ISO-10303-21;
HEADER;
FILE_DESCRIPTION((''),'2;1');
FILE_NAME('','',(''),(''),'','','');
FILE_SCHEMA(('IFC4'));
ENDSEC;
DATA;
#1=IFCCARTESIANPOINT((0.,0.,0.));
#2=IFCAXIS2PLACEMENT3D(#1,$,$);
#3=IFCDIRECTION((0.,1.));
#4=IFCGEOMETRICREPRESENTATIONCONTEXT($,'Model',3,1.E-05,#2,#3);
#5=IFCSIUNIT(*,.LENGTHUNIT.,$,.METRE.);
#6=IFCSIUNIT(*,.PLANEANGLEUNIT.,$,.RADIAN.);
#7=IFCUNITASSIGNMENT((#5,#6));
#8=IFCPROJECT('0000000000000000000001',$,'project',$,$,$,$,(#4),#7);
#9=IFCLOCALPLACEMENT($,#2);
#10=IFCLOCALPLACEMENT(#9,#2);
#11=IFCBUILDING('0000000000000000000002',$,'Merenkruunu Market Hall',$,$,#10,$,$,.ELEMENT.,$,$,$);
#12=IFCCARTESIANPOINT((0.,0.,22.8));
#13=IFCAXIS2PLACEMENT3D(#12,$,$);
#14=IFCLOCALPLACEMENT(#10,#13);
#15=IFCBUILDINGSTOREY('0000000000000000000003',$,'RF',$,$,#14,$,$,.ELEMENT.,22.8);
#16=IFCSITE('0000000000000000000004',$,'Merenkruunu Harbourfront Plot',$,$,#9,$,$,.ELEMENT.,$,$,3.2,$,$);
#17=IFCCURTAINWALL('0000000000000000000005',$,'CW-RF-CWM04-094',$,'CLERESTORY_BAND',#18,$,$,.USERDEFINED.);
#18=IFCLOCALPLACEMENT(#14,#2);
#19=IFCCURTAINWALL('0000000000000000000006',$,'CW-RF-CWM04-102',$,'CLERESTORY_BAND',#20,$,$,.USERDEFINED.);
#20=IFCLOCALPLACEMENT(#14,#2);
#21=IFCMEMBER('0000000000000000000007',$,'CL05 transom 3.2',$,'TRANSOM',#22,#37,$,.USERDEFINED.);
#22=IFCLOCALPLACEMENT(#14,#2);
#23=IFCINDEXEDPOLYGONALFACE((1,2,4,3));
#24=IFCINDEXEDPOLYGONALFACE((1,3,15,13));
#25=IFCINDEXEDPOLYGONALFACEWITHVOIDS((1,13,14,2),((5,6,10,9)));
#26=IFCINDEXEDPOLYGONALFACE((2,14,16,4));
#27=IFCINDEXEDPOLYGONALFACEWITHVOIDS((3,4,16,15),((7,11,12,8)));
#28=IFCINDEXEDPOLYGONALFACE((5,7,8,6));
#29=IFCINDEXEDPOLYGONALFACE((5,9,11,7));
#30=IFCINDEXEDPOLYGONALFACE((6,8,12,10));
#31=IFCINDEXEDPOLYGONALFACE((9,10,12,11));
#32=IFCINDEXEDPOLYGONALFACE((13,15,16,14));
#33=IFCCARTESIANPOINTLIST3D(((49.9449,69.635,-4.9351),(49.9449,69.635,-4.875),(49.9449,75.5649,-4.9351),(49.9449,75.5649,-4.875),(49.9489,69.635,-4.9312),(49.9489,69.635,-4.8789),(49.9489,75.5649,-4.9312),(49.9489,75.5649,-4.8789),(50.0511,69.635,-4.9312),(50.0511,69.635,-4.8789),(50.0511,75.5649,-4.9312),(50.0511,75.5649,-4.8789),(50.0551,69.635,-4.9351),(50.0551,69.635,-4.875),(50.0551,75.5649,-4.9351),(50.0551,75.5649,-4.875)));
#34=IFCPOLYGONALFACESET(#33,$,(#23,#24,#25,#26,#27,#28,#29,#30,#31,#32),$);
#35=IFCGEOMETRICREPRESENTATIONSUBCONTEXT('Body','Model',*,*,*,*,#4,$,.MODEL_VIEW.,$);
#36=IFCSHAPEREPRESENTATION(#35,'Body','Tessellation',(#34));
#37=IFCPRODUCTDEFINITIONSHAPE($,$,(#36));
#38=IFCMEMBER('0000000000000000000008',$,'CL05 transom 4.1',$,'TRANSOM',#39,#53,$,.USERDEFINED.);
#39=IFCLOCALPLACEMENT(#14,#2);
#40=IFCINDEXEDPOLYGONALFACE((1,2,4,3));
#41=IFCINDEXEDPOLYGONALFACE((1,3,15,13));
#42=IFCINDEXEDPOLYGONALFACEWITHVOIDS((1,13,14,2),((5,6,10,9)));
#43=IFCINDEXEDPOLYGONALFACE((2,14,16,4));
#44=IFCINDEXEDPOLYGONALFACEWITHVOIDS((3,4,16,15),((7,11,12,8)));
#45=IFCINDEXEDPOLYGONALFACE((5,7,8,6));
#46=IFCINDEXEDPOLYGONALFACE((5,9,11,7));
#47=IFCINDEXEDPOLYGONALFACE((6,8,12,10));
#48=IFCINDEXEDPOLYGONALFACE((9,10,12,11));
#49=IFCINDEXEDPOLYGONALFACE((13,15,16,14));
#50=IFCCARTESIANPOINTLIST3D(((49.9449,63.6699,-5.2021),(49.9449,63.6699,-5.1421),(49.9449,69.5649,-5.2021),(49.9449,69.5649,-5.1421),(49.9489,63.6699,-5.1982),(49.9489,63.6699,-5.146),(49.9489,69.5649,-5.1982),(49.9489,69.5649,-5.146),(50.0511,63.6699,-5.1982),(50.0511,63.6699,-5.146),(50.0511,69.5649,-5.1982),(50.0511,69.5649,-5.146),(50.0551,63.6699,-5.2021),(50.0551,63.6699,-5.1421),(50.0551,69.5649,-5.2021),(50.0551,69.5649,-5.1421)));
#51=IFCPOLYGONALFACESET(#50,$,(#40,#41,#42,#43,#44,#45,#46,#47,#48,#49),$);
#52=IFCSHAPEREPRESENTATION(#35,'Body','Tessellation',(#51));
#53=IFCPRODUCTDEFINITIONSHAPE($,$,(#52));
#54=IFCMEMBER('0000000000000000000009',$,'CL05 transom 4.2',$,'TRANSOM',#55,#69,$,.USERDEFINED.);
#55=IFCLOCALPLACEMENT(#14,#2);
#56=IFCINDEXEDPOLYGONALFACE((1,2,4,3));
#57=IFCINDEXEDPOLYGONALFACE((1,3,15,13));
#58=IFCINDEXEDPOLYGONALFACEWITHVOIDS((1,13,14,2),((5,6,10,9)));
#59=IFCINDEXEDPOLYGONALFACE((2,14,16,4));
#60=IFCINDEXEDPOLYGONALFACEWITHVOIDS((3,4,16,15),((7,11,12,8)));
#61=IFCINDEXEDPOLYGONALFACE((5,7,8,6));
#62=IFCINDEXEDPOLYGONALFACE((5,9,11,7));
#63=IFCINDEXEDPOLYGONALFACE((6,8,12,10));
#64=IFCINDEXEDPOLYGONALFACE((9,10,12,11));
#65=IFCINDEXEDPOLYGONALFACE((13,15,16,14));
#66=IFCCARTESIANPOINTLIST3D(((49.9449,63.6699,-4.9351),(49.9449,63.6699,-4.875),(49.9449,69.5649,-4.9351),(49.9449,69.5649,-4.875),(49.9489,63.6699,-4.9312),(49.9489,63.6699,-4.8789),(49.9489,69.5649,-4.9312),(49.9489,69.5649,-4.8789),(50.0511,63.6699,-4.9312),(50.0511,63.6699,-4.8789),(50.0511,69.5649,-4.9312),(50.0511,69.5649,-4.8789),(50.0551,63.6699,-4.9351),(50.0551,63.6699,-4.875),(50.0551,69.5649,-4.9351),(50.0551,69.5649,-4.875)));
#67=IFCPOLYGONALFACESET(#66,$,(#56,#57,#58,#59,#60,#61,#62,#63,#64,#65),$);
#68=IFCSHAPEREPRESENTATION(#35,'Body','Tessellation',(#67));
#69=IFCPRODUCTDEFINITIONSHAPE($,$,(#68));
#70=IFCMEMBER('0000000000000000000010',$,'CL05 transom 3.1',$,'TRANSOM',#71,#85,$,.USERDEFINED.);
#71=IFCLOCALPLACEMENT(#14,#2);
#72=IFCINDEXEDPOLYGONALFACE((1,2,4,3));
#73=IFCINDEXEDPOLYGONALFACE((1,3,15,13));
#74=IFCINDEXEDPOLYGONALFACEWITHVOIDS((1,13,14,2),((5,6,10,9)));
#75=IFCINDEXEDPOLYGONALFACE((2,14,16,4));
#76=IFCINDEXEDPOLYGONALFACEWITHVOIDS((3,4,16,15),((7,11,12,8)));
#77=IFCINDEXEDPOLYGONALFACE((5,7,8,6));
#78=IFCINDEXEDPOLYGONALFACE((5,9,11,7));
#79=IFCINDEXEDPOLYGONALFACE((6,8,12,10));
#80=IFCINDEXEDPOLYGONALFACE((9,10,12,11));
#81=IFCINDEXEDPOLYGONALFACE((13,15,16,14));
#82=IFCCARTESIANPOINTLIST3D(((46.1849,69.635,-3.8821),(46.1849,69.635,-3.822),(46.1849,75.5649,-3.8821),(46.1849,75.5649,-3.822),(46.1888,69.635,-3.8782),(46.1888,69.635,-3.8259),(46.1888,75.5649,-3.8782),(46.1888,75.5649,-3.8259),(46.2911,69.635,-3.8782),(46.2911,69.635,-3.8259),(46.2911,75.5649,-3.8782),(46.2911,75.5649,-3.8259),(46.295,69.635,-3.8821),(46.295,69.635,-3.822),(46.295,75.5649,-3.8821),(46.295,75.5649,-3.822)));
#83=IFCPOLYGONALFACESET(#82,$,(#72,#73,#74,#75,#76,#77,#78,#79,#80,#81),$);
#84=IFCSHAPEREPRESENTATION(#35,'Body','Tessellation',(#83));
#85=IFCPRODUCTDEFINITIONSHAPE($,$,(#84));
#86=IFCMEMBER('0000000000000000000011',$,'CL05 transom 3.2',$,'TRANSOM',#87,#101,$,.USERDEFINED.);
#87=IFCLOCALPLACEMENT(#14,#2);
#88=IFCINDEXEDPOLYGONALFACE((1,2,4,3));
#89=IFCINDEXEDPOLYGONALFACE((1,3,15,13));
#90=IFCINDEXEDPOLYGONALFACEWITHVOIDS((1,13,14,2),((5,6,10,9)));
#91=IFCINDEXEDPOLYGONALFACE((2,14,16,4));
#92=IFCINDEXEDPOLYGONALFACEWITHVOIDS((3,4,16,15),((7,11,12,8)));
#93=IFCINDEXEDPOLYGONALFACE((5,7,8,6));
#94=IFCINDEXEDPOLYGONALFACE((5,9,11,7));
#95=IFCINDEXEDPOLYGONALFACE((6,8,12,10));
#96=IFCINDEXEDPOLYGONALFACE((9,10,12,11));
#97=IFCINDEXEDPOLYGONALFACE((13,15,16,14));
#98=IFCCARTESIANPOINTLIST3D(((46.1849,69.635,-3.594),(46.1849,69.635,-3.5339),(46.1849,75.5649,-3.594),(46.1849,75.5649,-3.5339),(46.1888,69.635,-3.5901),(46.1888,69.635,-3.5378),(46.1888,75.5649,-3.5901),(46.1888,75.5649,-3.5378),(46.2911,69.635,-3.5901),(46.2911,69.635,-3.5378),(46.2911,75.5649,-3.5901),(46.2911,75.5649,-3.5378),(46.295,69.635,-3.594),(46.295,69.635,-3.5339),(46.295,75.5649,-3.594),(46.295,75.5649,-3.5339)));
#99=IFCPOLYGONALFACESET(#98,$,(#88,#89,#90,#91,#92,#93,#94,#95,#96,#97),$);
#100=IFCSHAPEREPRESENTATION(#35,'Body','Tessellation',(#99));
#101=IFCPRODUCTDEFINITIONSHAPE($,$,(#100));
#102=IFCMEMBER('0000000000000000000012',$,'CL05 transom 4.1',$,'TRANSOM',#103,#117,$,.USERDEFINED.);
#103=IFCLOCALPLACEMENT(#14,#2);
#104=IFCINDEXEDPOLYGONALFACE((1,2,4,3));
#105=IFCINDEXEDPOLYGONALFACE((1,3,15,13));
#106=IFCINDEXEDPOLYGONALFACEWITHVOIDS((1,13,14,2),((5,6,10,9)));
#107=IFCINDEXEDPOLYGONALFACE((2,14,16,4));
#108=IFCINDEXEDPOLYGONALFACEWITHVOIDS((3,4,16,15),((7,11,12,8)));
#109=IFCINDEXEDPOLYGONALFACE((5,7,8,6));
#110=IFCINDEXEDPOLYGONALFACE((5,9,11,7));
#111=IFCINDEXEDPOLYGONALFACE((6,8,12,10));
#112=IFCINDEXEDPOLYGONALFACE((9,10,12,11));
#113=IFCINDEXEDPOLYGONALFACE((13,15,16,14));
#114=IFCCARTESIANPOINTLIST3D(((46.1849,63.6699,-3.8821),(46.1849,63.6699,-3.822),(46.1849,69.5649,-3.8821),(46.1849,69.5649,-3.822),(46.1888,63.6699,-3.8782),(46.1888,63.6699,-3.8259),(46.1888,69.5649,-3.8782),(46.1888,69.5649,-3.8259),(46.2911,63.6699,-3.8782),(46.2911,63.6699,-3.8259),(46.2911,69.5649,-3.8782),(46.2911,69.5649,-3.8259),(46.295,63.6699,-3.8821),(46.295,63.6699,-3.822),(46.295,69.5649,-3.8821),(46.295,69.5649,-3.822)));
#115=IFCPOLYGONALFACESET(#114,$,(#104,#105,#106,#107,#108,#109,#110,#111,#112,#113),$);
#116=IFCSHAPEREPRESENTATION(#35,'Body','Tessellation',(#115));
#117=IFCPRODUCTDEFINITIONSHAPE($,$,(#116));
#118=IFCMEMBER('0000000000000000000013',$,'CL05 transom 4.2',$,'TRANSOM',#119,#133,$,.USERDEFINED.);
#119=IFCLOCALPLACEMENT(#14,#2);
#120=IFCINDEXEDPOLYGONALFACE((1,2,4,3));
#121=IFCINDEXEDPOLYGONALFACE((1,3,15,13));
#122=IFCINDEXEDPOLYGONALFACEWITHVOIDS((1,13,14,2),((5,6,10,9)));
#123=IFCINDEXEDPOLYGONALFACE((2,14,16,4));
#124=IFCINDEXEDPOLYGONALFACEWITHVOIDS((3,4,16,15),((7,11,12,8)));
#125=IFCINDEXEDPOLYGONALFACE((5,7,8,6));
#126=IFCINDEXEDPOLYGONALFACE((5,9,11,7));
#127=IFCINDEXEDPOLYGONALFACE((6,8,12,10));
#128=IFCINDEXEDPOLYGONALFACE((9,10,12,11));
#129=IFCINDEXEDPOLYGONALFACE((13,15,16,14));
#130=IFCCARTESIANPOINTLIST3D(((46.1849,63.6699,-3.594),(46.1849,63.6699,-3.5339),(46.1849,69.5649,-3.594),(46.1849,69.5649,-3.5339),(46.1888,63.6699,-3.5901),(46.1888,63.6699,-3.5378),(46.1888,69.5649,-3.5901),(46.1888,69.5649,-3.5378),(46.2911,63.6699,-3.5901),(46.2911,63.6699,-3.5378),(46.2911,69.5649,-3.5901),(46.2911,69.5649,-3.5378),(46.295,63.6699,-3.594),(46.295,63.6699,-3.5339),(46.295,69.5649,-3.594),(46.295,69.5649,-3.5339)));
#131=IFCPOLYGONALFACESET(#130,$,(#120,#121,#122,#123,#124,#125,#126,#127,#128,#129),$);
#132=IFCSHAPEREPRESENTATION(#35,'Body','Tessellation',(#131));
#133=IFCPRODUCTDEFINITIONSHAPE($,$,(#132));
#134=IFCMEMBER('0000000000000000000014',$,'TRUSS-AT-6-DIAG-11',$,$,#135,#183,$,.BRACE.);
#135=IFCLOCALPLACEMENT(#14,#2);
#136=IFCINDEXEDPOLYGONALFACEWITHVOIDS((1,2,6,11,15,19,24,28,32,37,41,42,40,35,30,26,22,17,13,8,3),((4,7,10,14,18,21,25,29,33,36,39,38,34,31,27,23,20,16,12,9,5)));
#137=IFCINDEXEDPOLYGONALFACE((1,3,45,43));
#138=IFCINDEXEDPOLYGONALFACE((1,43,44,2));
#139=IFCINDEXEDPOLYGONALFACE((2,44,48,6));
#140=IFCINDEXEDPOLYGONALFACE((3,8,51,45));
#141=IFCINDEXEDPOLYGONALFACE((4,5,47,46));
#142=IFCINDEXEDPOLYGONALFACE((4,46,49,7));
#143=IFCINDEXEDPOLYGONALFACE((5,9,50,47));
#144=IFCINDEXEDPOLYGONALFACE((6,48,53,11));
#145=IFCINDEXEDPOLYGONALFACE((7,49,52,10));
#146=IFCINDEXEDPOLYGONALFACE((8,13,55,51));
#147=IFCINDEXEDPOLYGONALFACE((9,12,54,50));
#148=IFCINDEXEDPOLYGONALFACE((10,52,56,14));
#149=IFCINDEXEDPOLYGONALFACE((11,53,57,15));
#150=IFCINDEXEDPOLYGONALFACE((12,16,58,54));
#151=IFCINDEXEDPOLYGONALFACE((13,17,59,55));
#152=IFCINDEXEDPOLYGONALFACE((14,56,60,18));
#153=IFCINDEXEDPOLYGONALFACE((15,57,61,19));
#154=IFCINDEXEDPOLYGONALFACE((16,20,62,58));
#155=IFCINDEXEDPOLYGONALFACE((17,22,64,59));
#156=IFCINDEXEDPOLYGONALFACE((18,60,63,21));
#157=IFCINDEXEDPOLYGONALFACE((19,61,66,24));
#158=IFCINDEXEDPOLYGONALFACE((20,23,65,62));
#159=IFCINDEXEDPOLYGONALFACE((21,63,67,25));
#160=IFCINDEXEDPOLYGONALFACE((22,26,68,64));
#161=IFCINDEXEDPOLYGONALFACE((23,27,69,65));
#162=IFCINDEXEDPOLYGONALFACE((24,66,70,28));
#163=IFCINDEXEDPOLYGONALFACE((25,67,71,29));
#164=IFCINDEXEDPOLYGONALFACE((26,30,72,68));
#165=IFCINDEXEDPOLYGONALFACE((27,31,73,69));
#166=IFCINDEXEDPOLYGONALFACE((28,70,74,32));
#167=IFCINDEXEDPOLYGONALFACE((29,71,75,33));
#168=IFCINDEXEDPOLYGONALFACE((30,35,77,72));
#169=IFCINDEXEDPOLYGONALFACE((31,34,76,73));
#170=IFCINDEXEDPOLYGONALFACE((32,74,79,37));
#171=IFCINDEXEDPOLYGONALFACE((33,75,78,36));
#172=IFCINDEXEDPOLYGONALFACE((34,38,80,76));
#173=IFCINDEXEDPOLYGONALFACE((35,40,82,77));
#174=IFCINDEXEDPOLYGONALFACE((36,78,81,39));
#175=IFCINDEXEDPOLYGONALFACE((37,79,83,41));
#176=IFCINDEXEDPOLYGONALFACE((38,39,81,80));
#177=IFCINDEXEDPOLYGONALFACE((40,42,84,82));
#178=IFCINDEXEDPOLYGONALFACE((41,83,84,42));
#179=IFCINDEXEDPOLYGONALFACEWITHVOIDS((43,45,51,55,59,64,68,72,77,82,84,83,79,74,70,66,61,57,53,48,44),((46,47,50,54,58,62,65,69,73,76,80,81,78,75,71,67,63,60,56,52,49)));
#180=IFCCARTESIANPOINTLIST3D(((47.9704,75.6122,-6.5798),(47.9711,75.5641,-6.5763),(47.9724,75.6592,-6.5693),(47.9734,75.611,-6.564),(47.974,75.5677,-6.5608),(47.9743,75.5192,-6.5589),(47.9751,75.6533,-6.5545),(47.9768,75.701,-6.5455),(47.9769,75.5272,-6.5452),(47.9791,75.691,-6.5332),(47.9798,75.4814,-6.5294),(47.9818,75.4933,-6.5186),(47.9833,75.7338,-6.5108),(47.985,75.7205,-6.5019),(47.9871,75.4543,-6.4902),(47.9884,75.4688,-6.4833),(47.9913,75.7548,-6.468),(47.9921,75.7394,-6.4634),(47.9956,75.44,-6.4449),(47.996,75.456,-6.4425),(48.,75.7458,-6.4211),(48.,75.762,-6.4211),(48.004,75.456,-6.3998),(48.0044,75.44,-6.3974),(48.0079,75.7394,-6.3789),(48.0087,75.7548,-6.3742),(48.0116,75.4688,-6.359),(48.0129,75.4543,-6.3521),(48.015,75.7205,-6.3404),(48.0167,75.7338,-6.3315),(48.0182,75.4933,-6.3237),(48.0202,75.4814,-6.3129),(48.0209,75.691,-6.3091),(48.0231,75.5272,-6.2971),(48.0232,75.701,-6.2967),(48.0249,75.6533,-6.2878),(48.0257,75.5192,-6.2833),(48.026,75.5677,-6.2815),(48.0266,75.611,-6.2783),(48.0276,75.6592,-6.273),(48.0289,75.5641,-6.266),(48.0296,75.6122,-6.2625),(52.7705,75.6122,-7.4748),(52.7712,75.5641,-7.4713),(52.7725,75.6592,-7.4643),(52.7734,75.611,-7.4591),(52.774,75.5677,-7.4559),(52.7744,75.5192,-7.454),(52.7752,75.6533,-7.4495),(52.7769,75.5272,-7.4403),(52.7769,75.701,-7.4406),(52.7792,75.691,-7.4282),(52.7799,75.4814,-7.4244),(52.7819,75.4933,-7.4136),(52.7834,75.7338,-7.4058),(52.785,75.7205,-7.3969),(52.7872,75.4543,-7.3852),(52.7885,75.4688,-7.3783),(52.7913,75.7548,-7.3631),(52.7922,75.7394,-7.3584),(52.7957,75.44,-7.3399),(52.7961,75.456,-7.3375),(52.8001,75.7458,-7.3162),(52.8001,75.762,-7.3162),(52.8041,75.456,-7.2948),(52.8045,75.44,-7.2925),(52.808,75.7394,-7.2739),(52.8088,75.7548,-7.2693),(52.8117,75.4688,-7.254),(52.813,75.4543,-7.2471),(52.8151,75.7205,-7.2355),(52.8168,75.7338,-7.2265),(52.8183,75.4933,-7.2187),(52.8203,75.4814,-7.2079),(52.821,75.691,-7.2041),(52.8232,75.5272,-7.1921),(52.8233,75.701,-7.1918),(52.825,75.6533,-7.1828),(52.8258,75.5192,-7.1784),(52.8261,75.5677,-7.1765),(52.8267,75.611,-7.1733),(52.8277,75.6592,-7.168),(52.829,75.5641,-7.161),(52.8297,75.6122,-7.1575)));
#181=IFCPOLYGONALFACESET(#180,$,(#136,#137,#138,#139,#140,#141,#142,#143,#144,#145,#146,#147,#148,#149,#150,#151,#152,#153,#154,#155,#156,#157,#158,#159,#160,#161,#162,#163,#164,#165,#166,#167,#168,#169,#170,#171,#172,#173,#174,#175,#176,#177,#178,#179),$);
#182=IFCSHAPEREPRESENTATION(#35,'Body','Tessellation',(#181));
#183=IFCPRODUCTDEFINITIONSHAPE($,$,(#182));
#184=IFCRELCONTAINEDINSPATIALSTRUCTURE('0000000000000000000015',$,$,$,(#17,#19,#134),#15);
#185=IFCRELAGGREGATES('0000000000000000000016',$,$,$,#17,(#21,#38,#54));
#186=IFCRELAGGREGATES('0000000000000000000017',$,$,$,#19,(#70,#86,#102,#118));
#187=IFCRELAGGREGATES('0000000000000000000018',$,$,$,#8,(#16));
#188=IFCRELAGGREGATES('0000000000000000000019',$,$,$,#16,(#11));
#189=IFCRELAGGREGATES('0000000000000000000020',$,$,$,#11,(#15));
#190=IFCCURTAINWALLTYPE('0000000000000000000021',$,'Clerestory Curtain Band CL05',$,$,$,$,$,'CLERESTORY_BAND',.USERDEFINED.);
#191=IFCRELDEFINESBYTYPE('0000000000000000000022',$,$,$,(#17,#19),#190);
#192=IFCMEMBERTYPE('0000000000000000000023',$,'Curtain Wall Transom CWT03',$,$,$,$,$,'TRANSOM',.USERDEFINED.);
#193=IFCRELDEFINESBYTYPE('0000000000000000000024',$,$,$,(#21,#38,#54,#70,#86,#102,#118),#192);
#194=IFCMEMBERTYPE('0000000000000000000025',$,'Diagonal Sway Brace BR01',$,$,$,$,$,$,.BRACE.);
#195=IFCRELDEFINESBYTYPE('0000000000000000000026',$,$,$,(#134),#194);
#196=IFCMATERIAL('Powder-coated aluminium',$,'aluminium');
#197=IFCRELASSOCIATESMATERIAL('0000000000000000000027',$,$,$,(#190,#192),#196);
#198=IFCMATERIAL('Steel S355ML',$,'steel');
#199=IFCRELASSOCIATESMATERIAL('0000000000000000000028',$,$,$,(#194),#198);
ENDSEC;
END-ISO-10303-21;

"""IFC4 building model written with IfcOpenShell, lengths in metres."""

from ifc_helpers import new_model, si_unit, direction, frame, origin, origin_2d, place, context, subcontext, project, spatial, hollow_rectangle, hollow_circle, extrude, material, material_profile, profile_set, type_object, element, aggregate, save


model = new_model("IFC4")

# Units and contexts
model_context = context("Model", 3, precision=1e-05, world=origin(), true_north=direction((0.0, 1.0)))
body_context = subcontext(model_context, "Body", "Model", "MODEL_VIEW")
ifc_project = project(units=[si_unit("LENGTHUNIT", "METRE"), si_unit("PLANEANGLEUNIT", "RADIAN")], contexts=[model_context])

# Site, building, storey
site_placement = place(None, origin())
site = spatial("IfcSite", under=ifc_project, at=site_placement, Name="Merenkruunu Harbourfront Plot", CompositionType="ELEMENT", RefElevation=3.2)
building_placement = place(site_placement, origin())
building = spatial("IfcBuilding", under=site, at=building_placement, Name="Merenkruunu Market Hall", CompositionType="ELEMENT")
storey_placement = place(building_placement, frame((0.0, 0.0, 22.8)))
storey = spatial("IfcBuildingStorey", under=building, at=storey_placement, Name="RF", CompositionType="ELEMENT", Elevation=22.8)

# Shared definitions
ifc_material_1 = material(Name="Steel S355ML", Category="steel")

# Curtain wall
ifc_material_2 = material(Name="Powder-coated aluminium", Category="aluminium")
curtain_wall_type = type_object("IfcCurtainWallType", Name="Clerestory Curtain Band CL05", ElementType="CLERESTORY_BAND", PredefinedType="USERDEFINED", material=ifc_material_2)
curtain_wall_1_placement = place(storey_placement, origin())
curtain_wall_1 = element("IfcCurtainWall", 1, at=curtain_wall_1_placement, inside=storey, type_object=curtain_wall_type, Name="CW-RF-CWM04-094", ObjectType="CLERESTORY_BAND", PredefinedType="USERDEFINED")

# Curtain wall
curtain_wall_2_placement = place(storey_placement, origin())
curtain_wall_2 = element("IfcCurtainWall", 2, at=curtain_wall_2_placement, inside=storey, type_object=curtain_wall_type, Name="CW-RF-CWM04-102", ObjectType="CLERESTORY_BAND", PredefinedType="USERDEFINED")

# Members
ifc_material_profile_1 = material_profile(ifc_material_2, hollow_rectangle(XDim=0.0601, YDim=0.1101, WallThickness=0.0039, at=origin_2d()), Name="ALU 60x110x4")
ifc_profile_set_1 = profile_set([ifc_material_profile_1], Name="Powder-coated aluminium")
member_type_1 = type_object("IfcMemberType", Name="Curtain Wall Transom CWT03", ElementType="TRANSOM", PredefinedType="USERDEFINED", material=ifc_profile_set_1)
member_1_placement = place(storey_placement, frame((50.0, 75.5649, -4.905), z_axis=(0.0, -1.0, 0.0), x_axis=(0.0, 0.0, 1.0)))
member_1 = element("IfcMember", 3, at=member_1_placement, type_object=member_type_1, Name="CL05 transom 3.2", ObjectType="TRANSOM", PredefinedType="USERDEFINED", context=body_context, shape_type="SweptSolid", body=[
    extrude(hollow_rectangle(XDim=0.0601, YDim=0.1101, WallThickness=0.0039, at=origin_2d()), origin(), (0.0, 0.0, 1.0), 5.9299),
])
member_2_placement = place(storey_placement, frame((50.0, 69.5649, -5.1721), z_axis=(0.0, -1.0, 0.0), x_axis=(0.0, 0.0, 1.0)))
member_2 = element("IfcMember", 4, at=member_2_placement, type_object=member_type_1, Name="CL05 transom 4.1", ObjectType="TRANSOM", PredefinedType="USERDEFINED", context=body_context, shape_type="SweptSolid", body=[
    extrude(hollow_rectangle(XDim=0.0601, YDim=0.1101, WallThickness=0.0039, at=origin_2d()), origin(), (0.0, 0.0, 1.0), 5.895),
])
member_3_placement = place(storey_placement, frame((50.0, 69.5649, -4.905), z_axis=(0.0, -1.0, 0.0), x_axis=(0.0, 0.0, 1.0)))
member_3 = element("IfcMember", 5, at=member_3_placement, type_object=member_type_1, Name="CL05 transom 4.2", ObjectType="TRANSOM", PredefinedType="USERDEFINED", context=body_context, shape_type="SweptSolid", body=[
    extrude(hollow_rectangle(XDim=0.0601, YDim=0.1101, WallThickness=0.0039, at=origin_2d()), origin(), (0.0, 0.0, 1.0), 5.895),
])
member_4_placement = place(storey_placement, frame((46.24, 75.5649, -3.8521), z_axis=(0.0, -1.0, 0.0), x_axis=(0.0, 0.0, 1.0)))
member_4 = element("IfcMember", 6, at=member_4_placement, type_object=member_type_1, Name="CL05 transom 3.1", ObjectType="TRANSOM", PredefinedType="USERDEFINED", context=body_context, shape_type="SweptSolid", body=[
    extrude(hollow_rectangle(XDim=0.0601, YDim=0.1101, WallThickness=0.0039, at=origin_2d()), origin(), (0.0, 0.0, 1.0), 5.9299),
])
member_5_placement = place(storey_placement, frame((46.24, 75.5649, -3.564), z_axis=(0.0, -1.0, 0.0), x_axis=(0.0, 0.0, 1.0)))
member_5 = element("IfcMember", 7, at=member_5_placement, type_object=member_type_1, Name="CL05 transom 3.2", ObjectType="TRANSOM", PredefinedType="USERDEFINED", context=body_context, shape_type="SweptSolid", body=[
    extrude(hollow_rectangle(XDim=0.0601, YDim=0.1101, WallThickness=0.0039, at=origin_2d()), origin(), (0.0, 0.0, 1.0), 5.9299),
])
member_6_placement = place(storey_placement, frame((46.24, 69.5649, -3.8521), z_axis=(0.0, -1.0, 0.0), x_axis=(0.0, 0.0, 1.0)))
member_6 = element("IfcMember", 8, at=member_6_placement, type_object=member_type_1, Name="CL05 transom 4.1", ObjectType="TRANSOM", PredefinedType="USERDEFINED", context=body_context, shape_type="SweptSolid", body=[
    extrude(hollow_rectangle(XDim=0.0601, YDim=0.1101, WallThickness=0.0039, at=origin_2d()), origin(), (0.0, 0.0, 1.0), 5.895),
])
member_7_placement = place(storey_placement, frame((46.24, 69.5649, -3.564), z_axis=(0.0, -1.0, 0.0), x_axis=(0.0, 0.0, 1.0)))
member_7 = element("IfcMember", 9, at=member_7_placement, type_object=member_type_1, Name="CL05 transom 4.2", ObjectType="TRANSOM", PredefinedType="USERDEFINED", context=body_context, shape_type="SweptSolid", body=[
    extrude(hollow_rectangle(XDim=0.0601, YDim=0.1101, WallThickness=0.0039, at=origin_2d()), origin(), (0.0, 0.0, 1.0), 5.895),
])

# Member
ifc_material_profile_2 = material_profile(ifc_material_1, hollow_circle(Radius=0.1619, WallThickness=0.0161, at=origin_2d()), Name="CHS 323.9x16")
ifc_profile_set_2 = profile_set([ifc_material_profile_2], Name="Steel S355ML")
member_type_2 = type_object("IfcMemberType", Name="Diagonal Sway Brace BR01", PredefinedType="BRACE", material=ifc_profile_set_2)
member_8_placement = place(storey_placement, frame((48.0, 75.6001, -6.4211), z_axis=(0.983057, 0.0, -0.183301), x_axis=(0.0, 1.0, 0.0)))
element("IfcMember", 10, at=member_8_placement, inside=storey, type_object=member_type_2, Name="TRUSS-AT-6-DIAG-11", PredefinedType="BRACE", context=body_context, shape_type="SweptSolid", body=[
    extrude(hollow_circle(Radius=0.1619, WallThickness=0.0161, at=origin_2d()), origin(), (0.0, 0.0, 1.0), 4.8828),
])

aggregate(curtain_wall_1, [member_1, member_2, member_3])
aggregate(curtain_wall_2, [member_4, member_5, member_6, member_7])

save(model, "model.ifc")
